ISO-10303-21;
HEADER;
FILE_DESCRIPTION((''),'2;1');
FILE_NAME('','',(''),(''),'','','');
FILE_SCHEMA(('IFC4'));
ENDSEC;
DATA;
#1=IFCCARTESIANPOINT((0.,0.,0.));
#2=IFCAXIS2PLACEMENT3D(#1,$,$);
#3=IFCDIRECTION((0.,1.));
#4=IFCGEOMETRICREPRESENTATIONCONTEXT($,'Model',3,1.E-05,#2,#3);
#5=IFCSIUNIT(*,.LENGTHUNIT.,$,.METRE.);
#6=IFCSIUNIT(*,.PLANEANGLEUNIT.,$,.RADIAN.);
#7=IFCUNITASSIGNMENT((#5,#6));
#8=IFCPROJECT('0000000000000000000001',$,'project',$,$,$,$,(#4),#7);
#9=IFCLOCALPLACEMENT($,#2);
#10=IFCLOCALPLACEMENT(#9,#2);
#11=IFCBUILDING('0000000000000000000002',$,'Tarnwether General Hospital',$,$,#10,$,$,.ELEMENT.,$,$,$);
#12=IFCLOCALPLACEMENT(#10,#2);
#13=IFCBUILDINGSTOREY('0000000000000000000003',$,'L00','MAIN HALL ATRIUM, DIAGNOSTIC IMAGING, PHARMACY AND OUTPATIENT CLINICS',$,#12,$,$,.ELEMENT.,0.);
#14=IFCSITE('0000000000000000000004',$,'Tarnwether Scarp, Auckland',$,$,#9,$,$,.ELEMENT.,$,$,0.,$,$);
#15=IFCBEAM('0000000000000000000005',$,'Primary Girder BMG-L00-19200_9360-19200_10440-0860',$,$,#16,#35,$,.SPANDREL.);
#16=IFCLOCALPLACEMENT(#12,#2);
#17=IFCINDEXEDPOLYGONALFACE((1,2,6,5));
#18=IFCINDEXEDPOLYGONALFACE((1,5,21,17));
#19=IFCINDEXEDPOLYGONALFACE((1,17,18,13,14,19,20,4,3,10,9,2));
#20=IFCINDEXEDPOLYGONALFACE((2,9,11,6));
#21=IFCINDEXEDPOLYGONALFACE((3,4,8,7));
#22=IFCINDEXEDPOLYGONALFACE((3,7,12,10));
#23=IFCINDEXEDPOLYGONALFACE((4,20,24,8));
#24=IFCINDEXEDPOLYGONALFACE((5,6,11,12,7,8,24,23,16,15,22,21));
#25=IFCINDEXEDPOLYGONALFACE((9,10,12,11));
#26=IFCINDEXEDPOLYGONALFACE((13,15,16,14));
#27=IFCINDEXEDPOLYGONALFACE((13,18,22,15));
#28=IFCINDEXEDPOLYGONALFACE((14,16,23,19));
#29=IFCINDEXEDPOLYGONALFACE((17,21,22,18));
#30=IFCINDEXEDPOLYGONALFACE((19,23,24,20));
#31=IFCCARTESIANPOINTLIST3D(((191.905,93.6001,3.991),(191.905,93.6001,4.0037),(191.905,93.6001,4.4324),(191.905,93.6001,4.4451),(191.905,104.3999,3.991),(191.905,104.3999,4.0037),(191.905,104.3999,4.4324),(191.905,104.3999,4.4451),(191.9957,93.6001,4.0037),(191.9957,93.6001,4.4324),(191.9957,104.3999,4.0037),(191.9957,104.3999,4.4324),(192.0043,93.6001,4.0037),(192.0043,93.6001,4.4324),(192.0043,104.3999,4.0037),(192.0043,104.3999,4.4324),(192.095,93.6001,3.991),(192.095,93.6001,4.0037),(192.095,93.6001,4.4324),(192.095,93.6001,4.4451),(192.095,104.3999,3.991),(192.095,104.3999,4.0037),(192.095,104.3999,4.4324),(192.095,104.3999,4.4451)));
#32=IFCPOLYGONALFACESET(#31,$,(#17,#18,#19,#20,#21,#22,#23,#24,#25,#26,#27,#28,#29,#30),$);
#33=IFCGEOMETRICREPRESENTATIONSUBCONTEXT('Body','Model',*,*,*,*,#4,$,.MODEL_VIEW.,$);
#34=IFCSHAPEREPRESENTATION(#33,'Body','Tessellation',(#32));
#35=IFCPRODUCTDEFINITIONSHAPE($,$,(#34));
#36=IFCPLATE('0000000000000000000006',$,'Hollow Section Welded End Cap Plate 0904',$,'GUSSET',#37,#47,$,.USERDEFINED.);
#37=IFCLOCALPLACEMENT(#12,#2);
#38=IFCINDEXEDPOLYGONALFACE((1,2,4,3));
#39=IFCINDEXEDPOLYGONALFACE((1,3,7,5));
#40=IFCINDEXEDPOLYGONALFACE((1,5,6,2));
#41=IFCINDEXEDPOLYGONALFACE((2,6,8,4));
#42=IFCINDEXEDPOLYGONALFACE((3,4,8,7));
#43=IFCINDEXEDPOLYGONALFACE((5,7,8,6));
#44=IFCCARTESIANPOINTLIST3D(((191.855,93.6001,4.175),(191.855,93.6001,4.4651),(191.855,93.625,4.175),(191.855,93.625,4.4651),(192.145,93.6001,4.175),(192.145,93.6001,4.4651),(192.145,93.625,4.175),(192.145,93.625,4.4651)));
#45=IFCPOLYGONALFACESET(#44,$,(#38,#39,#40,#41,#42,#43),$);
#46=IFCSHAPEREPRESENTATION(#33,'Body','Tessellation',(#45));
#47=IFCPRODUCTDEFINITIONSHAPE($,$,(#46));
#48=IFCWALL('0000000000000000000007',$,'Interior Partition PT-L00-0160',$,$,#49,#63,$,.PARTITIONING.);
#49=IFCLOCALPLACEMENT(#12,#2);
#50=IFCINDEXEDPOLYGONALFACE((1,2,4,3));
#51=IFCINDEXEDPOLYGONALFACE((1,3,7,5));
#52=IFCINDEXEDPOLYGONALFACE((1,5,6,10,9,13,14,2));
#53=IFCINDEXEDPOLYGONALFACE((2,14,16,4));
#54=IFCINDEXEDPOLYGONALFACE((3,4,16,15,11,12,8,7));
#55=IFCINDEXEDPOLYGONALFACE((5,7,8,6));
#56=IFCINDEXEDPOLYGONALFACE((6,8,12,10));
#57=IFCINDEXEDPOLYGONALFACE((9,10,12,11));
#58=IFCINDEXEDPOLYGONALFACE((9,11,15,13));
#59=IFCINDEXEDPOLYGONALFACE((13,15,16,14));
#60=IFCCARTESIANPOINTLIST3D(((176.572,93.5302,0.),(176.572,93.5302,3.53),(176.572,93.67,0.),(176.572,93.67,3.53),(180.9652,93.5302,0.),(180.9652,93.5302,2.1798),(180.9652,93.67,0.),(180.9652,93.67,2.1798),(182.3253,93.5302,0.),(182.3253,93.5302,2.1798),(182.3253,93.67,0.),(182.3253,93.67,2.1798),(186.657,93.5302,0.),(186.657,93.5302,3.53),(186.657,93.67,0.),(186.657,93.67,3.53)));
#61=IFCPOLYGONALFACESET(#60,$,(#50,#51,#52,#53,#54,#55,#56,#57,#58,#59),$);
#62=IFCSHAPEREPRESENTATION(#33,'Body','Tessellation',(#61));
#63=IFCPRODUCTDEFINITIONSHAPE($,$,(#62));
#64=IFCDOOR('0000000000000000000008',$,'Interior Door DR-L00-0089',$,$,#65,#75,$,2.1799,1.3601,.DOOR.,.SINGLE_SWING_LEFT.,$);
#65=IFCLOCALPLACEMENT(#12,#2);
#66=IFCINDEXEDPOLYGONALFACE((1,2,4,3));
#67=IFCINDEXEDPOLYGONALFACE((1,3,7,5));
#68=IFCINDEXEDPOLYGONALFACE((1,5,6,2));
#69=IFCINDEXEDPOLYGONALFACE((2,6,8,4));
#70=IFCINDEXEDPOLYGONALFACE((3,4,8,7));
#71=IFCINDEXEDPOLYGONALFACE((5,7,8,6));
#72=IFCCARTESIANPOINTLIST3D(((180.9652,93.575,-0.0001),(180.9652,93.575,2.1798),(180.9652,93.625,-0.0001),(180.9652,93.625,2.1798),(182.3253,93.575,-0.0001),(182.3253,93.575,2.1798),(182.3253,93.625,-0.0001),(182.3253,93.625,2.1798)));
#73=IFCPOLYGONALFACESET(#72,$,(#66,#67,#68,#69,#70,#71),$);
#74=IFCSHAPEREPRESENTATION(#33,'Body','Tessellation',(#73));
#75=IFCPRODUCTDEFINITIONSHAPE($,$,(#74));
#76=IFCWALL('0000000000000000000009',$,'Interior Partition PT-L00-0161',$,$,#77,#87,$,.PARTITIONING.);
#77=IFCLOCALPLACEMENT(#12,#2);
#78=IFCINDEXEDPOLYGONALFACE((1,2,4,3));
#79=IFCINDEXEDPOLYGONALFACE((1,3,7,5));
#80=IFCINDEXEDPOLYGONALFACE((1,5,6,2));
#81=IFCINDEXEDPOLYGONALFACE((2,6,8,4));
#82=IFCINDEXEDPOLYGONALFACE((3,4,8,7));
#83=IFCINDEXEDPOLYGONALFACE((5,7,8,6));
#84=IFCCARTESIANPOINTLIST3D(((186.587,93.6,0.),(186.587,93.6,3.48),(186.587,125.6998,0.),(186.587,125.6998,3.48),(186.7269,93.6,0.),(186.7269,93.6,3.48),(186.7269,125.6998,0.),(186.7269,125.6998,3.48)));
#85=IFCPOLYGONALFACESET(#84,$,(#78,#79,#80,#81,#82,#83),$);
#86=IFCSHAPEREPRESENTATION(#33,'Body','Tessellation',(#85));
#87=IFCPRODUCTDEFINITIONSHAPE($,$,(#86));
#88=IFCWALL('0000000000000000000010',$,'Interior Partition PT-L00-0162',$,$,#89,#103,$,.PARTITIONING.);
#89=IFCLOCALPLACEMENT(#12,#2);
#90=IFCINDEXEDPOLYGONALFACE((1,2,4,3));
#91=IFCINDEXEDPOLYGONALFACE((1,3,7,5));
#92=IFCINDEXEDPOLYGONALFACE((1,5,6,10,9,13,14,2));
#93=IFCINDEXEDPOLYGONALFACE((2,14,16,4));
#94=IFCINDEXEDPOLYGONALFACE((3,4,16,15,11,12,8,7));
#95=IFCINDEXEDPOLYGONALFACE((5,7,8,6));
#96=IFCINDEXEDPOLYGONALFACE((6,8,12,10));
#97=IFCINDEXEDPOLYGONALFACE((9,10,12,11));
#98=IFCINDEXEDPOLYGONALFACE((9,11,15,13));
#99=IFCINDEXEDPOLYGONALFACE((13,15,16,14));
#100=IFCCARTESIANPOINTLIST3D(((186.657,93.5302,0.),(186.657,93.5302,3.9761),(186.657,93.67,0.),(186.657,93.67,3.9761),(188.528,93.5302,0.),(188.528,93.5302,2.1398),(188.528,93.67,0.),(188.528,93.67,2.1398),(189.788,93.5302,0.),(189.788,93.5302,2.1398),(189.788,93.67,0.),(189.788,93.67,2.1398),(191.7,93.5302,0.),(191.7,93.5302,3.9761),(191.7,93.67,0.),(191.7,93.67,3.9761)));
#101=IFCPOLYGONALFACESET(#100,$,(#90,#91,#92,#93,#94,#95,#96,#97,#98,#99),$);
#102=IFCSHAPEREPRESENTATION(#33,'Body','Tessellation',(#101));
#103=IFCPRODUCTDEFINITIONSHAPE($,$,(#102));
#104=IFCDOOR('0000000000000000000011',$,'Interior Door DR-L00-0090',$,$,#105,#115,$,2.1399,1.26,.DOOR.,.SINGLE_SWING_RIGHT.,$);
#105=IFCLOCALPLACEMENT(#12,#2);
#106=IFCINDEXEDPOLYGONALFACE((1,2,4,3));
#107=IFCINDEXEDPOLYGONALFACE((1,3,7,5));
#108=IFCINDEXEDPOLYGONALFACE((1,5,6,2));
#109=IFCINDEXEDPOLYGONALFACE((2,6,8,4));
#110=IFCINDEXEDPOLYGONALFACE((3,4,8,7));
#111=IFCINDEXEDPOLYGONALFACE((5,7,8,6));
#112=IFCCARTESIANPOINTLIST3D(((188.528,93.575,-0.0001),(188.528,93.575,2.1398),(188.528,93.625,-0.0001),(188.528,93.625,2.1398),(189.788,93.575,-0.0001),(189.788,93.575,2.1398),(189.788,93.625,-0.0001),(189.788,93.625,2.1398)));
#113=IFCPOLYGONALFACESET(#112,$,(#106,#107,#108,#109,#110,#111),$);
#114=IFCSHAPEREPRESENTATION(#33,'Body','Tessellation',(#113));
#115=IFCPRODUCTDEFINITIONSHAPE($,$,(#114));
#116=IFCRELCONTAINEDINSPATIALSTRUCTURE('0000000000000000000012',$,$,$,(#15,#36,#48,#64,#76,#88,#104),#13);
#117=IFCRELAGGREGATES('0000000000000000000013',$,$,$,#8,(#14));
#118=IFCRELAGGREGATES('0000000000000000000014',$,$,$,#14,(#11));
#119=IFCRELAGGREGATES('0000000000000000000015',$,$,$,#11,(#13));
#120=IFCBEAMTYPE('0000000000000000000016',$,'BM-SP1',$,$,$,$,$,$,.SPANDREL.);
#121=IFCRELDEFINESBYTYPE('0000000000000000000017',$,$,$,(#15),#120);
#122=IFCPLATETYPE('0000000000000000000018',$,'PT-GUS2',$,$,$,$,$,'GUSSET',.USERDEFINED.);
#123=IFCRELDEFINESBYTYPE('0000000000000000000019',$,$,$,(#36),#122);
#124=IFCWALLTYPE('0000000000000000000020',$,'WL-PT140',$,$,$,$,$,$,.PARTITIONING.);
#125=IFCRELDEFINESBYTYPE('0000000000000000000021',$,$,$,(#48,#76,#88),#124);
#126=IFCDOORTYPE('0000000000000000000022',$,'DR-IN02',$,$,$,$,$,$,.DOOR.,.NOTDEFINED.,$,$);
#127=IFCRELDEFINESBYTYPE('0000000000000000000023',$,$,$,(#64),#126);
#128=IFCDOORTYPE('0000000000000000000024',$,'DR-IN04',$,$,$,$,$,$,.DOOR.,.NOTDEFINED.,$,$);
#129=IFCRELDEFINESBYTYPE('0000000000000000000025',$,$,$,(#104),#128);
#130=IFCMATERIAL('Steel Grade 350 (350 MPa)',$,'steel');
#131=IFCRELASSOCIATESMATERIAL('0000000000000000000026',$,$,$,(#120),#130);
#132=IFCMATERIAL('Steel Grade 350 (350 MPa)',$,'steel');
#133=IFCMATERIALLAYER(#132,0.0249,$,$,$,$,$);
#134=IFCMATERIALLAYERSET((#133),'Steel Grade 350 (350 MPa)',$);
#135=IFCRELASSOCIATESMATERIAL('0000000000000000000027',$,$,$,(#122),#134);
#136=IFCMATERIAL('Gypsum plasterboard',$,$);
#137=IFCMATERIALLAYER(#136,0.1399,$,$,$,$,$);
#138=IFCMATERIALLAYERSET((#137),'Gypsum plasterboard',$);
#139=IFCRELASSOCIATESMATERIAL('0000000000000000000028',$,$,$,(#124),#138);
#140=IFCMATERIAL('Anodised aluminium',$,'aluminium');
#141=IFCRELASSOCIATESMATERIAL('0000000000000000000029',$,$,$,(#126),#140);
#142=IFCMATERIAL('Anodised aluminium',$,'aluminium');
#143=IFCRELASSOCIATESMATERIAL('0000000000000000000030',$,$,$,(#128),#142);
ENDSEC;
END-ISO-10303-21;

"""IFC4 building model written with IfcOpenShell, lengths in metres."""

from ifc_helpers import new_model, si_unit, direction, frame, frame_2d, origin, origin_2d, place, context, subcontext, project, spatial, rectangle, i_section, extrude, material, layer, layer_set, material_profile, profile_set, type_object, element, fill, save


model = new_model("IFC4")

# Units and contexts
model_context = context("Model", 3, precision=1e-05, world=origin(), true_north=direction((0.0, 1.0)))
body_context = subcontext(model_context, "Body", "Model", "MODEL_VIEW")
ifc_project = project(units=[si_unit("LENGTHUNIT", "METRE"), si_unit("PLANEANGLEUNIT", "RADIAN")], contexts=[model_context])

# Site, building, storey
site_placement = place(None, origin())
site = spatial("IfcSite", under=ifc_project, at=site_placement, Name="Tarnwether Scarp, Auckland", CompositionType="ELEMENT", RefElevation=0.0)
building_placement = place(site_placement, origin())
building = spatial("IfcBuilding", under=site, at=building_placement, Name="Tarnwether General Hospital", CompositionType="ELEMENT")
storey_placement = place(building_placement, origin())
storey = spatial("IfcBuildingStorey", under=building, at=storey_placement, Name="L00", Description="MAIN HALL ATRIUM, DIAGNOSTIC IMAGING, PHARMACY AND OUTPATIENT CLINICS", CompositionType="ELEMENT", Elevation=0.0)

# Beam
ifc_material_1 = material(Name="Steel Grade 350 (350 MPa)", Category="steel")
ifc_material_profile_1 = material_profile(ifc_material_1, i_section(OverallWidth=0.1899, OverallDepth=0.4541, WebThickness=0.0085, FlangeThickness=0.0127, at=origin_2d()), Name="460UB67.1")
ifc_profile_set_1 = profile_set([ifc_material_profile_1], Name="Steel Grade 350 (350 MPa)")
beam_type_1 = type_object("IfcBeamType", Name="BM-SP1", PredefinedType="SPANDREL", material=ifc_profile_set_1)
beam_1_placement = place(storey_placement, frame((192.0, 93.6001, 4.218), z_axis=(0.0, 1.0, 0.0), x_axis=(-1.0, 0.0, 0.0)))
element("IfcBeam", 1, at=beam_1_placement, inside=storey, type_object=beam_type_1, Name="Primary Girder BMG-L00-19200_9360-19200_10440-0860", PredefinedType="SPANDREL", context=body_context, shape_type="SweptSolid", body=[
    extrude(i_section(OverallWidth=0.1899, OverallDepth=0.4541, WebThickness=0.0085, FlangeThickness=0.0127, at=origin_2d()), origin(), (0.0, 0.0, 1.0), 10.7998),
])

# Plate
ifc_material_2 = material(Name="Steel Grade 350 (350 MPa)", Category="steel")
ifc_layer_1 = layer(ifc_material_2, 0.0249)
ifc_layer_set_1 = layer_set([ifc_layer_1], Name="Steel Grade 350 (350 MPa)")
plate_type = type_object("IfcPlateType", Name="PT-GUS2", ElementType="GUSSET", PredefinedType="USERDEFINED", material=ifc_layer_set_1)
plate_placement = place(storey_placement, frame((192.0, 93.6125, 4.175), z_axis=(0.0, 0.0, 1.0), x_axis=(0.0, 1.0, 0.0)))
element("IfcPlate", 2, at=plate_placement, inside=storey, type_object=plate_type, Name="Hollow Section Welded End Cap Plate 0904", ObjectType="GUSSET", PredefinedType="USERDEFINED", context=body_context, shape_type="SweptSolid", body=[
    extrude(rectangle(XDim=0.0249, YDim=0.29, at=origin_2d()), origin(), (0.0, 0.0, 1.0), 0.29),
])

# Wall, opening, door
ifc_material_3 = material(Name="Gypsum plasterboard")
ifc_layer_2 = layer(ifc_material_3, 0.1399)
ifc_layer_set_2 = layer_set([ifc_layer_2], Name="Gypsum plasterboard")
wall_type = type_object("IfcWallType", Name="WL-PT140", PredefinedType="PARTITIONING", material=ifc_layer_set_2)
wall_1_placement = place(storey_placement, frame((176.572, 93.6001, 0.0), z_axis=(0.0, 0.0, 1.0), x_axis=(1.0, 0.0, 0.0)))
wall_1 = element("IfcWall", 3, at=wall_1_placement, inside=storey, type_object=wall_type, Name="Interior Partition PT-L00-0160", PredefinedType="PARTITIONING", context=body_context, shape_type="SweptSolid", body=[
    extrude(rectangle(XDim=10.085, YDim=0.1399, at=frame_2d((5.0425, 0.0))), origin(), (0.0, 0.0, 1.0), 3.53),
])
opening_1_placement = place(wall_1_placement, frame((4.3931, 0.0, 0.0)))
opening_1 = element("IfcOpeningElement", 4, at=opening_1_placement, cuts=wall_1, PredefinedType="OPENING", context=body_context, shape_type="SweptSolid", body=[
    extrude(rectangle(XDim=1.3601, YDim=2.1799, at=frame_2d((0.6802, 1.0898))), frame((0.0, 0.0801, 0.0), z_axis=(0.0, -1.0, 0.0), x_axis=(1.0, 0.0, 0.0)), (0.0, 0.0, 1.0), 0.1599),
])
ifc_material_4 = material(Name="Anodised aluminium", Category="aluminium")
door_type_1 = type_object("IfcDoorType", Name="DR-IN02", OperationType="NOTDEFINED", PredefinedType="DOOR", material=ifc_material_4)
door_1_placement = place(opening_1_placement, origin())
door_1 = element("IfcDoor", 5, at=door_1_placement, inside=storey, type_object=door_type_1, Name="Interior Door DR-L00-0089", OperationType="SINGLE_SWING_LEFT", OverallHeight=2.1799, OverallWidth=1.3601, PredefinedType="DOOR", context=body_context, shape_type="SweptSolid", body=[
    extrude(rectangle(XDim=1.3601, YDim=2.1799, at=frame_2d((0.6802, 1.0898))), frame((0.0, 0.0249, 0.0), z_axis=(0.0, -1.0, 0.0), x_axis=(1.0, 0.0, 0.0)), (0.0, 0.0, 1.0), 0.05),
])
fill(opening_1, door_1)

# Wall
wall_2_placement = place(storey_placement, frame((186.657, 93.6001, 0.0), z_axis=(0.0, 0.0, 1.0), x_axis=(0.0, 1.0, 0.0)))
element("IfcWall", 6, at=wall_2_placement, inside=storey, type_object=wall_type, Name="Interior Partition PT-L00-0161", PredefinedType="PARTITIONING", context=body_context, shape_type="SweptSolid", body=[
    extrude(rectangle(XDim=32.0999, YDim=0.1399, at=frame_2d((16.0498, 0.0))), origin(), (0.0, 0.0, 1.0), 3.48),
])

# Wall, opening, door
wall_3_placement = place(storey_placement, frame((186.657, 93.6001, 0.0), z_axis=(0.0, 0.0, 1.0), x_axis=(1.0, 0.0, 0.0)))
wall_3 = element("IfcWall", 7, at=wall_3_placement, inside=storey, type_object=wall_type, Name="Interior Partition PT-L00-0162", PredefinedType="PARTITIONING", context=body_context, shape_type="SweptSolid", body=[
    extrude(rectangle(XDim=5.043, YDim=0.1399, at=frame_2d((2.5215, 0.0))), origin(), (0.0, 0.0, 1.0), 3.9761),
])
opening_2_placement = place(wall_3_placement, frame((1.8711, 0.0, 0.0)))
opening_2 = element("IfcOpeningElement", 8, at=opening_2_placement, cuts=wall_3, PredefinedType="OPENING", context=body_context, shape_type="SweptSolid", body=[
    extrude(rectangle(XDim=1.26, YDim=2.1399, at=frame_2d((0.6299, 1.0698))), frame((0.0, 0.0801, 0.0), z_axis=(0.0, -1.0, 0.0), x_axis=(1.0, 0.0, 0.0)), (0.0, 0.0, 1.0), 0.1599),
])
ifc_material_5 = material(Name="Anodised aluminium", Category="aluminium")
door_type_2 = type_object("IfcDoorType", Name="DR-IN04", OperationType="NOTDEFINED", PredefinedType="DOOR", material=ifc_material_5)
door_2_placement = place(opening_2_placement, origin())
door_2 = element("IfcDoor", 9, at=door_2_placement, inside=storey, type_object=door_type_2, Name="Interior Door DR-L00-0090", OperationType="SINGLE_SWING_RIGHT", OverallHeight=2.1399, OverallWidth=1.26, PredefinedType="DOOR", context=body_context, shape_type="SweptSolid", body=[
    extrude(rectangle(XDim=1.26, YDim=2.1399, at=frame_2d((0.6299, 1.0698))), frame((0.0, 0.0249, 0.0), z_axis=(0.0, -1.0, 0.0), x_axis=(1.0, 0.0, 0.0)), (0.0, 0.0, 1.0), 0.05),
])
fill(opening_2, door_2)

save(model, "model.ifc")
